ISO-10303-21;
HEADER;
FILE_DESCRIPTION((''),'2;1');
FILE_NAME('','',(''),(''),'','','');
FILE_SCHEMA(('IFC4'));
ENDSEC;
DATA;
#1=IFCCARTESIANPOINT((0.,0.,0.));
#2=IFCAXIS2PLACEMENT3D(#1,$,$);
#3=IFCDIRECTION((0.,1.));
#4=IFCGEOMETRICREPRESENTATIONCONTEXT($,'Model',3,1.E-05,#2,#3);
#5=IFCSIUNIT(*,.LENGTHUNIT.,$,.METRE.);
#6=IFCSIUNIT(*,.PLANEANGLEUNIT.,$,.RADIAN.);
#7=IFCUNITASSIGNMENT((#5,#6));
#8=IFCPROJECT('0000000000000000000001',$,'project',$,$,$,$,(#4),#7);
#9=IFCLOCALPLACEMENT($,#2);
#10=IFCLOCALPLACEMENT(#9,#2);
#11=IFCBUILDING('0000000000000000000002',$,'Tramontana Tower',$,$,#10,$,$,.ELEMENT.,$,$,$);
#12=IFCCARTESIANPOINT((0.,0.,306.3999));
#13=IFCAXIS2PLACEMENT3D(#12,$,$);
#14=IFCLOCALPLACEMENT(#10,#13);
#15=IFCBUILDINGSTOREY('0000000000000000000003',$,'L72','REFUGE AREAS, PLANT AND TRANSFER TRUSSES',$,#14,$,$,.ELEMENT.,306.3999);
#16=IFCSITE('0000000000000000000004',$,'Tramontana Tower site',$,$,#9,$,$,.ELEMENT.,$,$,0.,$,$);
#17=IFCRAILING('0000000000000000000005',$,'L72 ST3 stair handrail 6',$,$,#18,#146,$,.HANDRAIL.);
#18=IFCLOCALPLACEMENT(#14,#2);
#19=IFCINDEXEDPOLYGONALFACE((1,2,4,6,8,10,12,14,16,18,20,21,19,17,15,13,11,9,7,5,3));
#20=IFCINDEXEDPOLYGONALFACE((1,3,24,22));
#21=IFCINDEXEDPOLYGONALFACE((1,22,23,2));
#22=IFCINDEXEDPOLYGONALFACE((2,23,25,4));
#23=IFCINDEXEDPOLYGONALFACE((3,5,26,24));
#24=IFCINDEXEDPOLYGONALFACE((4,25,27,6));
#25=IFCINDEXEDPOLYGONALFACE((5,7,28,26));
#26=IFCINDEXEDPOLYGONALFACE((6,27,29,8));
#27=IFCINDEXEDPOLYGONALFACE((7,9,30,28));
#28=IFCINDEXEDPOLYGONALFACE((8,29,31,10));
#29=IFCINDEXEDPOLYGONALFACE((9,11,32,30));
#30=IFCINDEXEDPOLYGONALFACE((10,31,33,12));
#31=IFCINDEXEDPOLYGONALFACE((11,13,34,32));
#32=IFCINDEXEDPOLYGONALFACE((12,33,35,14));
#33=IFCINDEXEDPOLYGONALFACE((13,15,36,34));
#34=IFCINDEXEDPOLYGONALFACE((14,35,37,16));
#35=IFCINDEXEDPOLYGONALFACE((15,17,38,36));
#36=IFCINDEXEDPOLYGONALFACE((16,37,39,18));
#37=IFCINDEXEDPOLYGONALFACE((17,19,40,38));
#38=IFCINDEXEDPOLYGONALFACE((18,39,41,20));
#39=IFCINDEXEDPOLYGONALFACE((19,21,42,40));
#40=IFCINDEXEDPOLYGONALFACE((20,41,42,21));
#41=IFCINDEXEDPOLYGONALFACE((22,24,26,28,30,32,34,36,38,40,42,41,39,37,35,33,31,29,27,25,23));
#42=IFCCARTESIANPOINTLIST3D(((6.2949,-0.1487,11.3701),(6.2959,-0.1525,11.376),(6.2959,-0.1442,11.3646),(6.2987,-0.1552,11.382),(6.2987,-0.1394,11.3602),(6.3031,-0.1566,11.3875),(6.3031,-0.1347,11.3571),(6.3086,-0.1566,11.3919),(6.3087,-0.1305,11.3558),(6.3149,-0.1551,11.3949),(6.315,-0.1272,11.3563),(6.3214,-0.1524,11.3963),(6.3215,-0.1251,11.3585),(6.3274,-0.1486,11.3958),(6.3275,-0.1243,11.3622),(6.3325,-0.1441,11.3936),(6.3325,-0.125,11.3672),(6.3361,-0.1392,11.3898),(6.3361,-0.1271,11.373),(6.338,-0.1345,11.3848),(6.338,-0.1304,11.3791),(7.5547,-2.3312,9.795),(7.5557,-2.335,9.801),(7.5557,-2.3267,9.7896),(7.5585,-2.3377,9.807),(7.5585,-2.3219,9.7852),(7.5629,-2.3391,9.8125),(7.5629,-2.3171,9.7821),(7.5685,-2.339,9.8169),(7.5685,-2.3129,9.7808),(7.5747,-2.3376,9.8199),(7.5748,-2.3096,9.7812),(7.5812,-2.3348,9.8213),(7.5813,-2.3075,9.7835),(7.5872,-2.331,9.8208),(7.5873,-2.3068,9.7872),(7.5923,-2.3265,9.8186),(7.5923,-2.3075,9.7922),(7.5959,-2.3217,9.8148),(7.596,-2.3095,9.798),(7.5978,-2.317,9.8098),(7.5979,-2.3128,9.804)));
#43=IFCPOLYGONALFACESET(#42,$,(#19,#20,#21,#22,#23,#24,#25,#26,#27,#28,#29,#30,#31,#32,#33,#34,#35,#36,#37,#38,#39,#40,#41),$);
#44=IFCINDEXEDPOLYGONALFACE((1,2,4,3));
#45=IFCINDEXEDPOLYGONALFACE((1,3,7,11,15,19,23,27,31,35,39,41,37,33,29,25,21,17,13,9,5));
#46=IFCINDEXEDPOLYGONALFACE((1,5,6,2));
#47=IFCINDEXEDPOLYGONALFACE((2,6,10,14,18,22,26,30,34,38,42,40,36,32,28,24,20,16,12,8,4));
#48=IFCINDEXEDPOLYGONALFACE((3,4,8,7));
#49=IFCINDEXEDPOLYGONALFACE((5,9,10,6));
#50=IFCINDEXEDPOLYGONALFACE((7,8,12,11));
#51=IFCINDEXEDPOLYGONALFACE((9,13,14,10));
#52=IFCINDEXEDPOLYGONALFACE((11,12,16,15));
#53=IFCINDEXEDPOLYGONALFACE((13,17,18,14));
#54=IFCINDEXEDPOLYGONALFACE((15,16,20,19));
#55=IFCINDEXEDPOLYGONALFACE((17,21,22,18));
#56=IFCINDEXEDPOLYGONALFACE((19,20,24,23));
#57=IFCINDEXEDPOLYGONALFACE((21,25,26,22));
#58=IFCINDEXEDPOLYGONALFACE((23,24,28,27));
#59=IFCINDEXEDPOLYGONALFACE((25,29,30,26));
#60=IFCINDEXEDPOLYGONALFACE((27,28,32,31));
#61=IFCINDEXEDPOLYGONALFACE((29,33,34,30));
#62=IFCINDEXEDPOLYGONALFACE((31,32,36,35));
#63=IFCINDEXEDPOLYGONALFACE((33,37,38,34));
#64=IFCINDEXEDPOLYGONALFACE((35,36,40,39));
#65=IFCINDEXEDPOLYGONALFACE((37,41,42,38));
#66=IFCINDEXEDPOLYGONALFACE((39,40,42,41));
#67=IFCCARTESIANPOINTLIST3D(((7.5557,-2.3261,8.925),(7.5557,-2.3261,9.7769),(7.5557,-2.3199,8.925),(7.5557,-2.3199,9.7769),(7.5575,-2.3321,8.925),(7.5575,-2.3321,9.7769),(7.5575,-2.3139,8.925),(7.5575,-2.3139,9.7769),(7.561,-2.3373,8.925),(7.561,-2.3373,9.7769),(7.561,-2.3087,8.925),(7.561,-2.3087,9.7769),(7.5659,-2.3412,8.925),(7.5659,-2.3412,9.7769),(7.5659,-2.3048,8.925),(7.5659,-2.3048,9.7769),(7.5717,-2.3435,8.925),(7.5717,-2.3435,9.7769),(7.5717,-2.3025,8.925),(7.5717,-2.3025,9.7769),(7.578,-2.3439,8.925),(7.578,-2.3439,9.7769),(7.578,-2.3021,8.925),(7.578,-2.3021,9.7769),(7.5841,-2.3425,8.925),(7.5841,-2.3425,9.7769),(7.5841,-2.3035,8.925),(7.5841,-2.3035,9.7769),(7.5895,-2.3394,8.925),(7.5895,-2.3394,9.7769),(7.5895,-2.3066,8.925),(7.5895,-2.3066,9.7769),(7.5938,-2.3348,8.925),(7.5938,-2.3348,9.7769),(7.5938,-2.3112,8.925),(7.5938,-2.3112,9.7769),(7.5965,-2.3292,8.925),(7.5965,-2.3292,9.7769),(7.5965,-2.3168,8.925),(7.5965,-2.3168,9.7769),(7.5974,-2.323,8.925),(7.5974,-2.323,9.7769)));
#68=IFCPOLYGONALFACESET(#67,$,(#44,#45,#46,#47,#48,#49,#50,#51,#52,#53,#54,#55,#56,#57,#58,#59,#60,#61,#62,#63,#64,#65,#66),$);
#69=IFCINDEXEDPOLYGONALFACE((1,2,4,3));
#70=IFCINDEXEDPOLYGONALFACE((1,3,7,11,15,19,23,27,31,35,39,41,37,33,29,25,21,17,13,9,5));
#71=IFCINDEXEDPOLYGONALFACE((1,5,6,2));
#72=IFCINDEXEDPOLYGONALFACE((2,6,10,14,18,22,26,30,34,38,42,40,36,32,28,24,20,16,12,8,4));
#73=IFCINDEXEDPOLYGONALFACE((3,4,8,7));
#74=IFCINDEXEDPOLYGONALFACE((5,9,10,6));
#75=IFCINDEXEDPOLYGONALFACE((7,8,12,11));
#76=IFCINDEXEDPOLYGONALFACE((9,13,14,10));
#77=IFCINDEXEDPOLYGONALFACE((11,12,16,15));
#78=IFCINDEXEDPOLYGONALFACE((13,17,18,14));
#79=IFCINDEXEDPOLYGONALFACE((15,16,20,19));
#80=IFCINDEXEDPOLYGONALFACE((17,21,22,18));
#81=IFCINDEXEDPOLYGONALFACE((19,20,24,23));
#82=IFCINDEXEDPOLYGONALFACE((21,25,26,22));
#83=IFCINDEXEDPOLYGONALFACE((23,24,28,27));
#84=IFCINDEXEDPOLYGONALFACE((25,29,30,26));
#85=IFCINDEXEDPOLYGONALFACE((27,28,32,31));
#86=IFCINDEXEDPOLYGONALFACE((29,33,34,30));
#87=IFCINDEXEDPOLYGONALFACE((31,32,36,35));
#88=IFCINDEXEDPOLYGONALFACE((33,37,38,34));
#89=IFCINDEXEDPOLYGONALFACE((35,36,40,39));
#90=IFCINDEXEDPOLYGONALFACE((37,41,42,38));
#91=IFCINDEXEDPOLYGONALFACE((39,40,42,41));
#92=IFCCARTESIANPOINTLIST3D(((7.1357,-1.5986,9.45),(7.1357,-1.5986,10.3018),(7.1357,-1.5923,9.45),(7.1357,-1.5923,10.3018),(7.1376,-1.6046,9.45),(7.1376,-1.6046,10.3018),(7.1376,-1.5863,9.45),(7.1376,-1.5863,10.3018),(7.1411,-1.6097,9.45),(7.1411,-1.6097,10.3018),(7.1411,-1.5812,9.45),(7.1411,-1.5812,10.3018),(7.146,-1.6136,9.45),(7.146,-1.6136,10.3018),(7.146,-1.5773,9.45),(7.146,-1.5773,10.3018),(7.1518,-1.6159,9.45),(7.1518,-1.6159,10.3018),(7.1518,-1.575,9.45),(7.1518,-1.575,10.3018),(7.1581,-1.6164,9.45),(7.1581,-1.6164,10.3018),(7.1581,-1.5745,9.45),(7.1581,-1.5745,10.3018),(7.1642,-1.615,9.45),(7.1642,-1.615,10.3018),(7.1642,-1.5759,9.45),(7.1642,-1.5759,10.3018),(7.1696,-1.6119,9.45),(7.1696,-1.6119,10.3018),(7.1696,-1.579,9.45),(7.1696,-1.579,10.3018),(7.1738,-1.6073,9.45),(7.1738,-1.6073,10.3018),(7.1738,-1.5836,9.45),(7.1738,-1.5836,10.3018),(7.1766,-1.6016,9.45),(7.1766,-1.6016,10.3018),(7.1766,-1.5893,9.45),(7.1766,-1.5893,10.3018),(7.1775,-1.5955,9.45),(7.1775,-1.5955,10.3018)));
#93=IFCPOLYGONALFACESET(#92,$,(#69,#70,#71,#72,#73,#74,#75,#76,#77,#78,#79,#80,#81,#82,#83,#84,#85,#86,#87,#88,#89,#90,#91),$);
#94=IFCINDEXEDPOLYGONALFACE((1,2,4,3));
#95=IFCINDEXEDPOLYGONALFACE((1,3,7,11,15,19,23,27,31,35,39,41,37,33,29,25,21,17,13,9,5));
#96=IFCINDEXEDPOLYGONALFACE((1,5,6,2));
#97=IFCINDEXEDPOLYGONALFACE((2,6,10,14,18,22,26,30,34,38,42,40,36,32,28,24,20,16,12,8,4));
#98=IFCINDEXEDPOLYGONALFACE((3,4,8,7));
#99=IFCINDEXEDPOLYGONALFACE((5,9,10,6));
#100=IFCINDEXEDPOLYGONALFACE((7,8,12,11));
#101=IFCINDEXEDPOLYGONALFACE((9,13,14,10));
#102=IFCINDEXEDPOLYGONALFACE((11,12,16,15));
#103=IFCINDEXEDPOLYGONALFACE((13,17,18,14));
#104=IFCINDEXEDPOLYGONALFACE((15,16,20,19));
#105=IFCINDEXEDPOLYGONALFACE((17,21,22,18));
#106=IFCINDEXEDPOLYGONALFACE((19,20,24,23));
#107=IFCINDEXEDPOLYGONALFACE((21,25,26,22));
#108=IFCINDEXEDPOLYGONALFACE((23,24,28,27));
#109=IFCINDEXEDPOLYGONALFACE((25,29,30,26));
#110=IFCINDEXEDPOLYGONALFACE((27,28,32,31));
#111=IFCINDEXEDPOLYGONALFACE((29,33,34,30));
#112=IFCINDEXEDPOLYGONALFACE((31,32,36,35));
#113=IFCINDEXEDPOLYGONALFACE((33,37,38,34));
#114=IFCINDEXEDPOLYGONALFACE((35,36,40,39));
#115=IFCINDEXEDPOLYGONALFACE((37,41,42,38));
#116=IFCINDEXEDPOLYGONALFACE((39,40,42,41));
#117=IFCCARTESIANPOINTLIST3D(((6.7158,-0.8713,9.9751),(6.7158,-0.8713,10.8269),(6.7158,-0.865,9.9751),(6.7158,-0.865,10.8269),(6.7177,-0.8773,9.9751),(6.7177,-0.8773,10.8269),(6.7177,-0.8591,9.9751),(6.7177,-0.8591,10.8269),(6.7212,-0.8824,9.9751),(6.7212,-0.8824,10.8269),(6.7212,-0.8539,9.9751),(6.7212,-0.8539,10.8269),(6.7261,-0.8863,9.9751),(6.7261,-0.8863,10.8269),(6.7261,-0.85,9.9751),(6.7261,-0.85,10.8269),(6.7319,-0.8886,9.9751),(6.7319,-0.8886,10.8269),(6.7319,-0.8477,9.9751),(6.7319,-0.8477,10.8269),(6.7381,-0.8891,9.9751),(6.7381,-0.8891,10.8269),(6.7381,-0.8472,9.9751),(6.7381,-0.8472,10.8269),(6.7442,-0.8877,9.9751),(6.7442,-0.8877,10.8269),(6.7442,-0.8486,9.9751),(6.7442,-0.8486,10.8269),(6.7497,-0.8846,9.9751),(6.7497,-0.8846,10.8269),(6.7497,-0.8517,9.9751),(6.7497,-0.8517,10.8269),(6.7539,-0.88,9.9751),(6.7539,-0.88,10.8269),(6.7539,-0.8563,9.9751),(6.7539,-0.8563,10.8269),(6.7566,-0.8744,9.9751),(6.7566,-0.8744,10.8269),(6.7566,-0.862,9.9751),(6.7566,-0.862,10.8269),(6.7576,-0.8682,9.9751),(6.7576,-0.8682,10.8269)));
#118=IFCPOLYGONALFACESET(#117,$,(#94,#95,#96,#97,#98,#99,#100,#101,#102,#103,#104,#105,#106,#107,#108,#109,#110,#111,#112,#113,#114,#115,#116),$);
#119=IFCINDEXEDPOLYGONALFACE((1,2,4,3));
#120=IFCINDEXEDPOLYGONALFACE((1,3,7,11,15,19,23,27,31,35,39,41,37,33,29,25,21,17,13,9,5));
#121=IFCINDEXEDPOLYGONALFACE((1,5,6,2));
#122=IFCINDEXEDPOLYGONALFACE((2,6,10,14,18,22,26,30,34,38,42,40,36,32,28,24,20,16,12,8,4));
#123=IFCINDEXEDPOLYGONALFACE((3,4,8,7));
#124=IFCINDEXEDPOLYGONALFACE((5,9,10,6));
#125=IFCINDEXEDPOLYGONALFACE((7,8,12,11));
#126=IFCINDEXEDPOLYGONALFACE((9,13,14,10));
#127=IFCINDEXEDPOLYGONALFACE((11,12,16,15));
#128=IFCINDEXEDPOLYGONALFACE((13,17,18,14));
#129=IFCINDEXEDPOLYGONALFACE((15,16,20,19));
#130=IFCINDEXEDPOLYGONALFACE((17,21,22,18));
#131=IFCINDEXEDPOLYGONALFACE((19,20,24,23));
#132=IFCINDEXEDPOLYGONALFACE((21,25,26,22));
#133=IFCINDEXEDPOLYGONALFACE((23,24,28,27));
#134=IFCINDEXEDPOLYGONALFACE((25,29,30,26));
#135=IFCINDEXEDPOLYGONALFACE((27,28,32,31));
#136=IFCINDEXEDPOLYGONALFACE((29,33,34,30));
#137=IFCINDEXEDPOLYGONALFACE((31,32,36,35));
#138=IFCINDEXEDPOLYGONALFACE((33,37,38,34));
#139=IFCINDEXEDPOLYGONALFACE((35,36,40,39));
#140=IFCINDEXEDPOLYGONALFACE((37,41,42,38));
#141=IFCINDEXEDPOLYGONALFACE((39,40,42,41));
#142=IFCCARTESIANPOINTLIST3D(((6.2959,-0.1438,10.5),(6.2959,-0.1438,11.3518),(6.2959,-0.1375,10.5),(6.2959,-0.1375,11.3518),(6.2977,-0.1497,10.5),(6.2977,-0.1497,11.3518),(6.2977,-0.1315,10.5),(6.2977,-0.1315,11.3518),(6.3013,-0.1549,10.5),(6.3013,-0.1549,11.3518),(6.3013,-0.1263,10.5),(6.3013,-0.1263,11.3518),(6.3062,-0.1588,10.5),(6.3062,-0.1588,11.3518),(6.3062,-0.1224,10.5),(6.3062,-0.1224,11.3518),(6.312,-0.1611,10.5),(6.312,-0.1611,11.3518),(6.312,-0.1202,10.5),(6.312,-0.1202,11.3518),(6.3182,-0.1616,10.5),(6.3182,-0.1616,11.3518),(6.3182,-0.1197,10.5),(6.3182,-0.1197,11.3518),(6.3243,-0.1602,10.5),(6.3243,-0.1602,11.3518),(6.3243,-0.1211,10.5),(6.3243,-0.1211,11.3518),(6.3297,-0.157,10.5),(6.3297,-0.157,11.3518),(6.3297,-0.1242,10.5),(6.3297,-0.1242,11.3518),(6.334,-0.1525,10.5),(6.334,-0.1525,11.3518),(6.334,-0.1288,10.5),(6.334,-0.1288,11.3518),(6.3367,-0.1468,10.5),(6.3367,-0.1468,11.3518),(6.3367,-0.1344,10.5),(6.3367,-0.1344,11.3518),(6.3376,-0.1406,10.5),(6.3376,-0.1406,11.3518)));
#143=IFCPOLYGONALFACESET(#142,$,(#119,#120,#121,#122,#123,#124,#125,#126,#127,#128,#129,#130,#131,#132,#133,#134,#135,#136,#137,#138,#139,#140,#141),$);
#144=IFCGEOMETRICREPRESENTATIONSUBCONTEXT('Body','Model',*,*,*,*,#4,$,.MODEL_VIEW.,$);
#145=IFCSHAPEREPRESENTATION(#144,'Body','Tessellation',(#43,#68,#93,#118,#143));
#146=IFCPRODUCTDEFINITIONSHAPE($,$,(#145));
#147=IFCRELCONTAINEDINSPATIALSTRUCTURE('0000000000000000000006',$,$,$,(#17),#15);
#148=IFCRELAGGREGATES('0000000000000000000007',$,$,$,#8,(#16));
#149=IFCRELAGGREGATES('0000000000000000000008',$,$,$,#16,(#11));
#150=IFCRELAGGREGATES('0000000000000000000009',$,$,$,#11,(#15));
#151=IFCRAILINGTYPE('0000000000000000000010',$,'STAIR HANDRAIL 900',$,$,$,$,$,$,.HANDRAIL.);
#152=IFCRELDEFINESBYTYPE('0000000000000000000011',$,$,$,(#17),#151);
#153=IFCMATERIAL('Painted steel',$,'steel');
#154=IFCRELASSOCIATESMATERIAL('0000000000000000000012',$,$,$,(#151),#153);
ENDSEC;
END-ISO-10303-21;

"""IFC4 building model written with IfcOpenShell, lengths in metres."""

from ifc_helpers import new_model, si_unit, direction, frame, origin, origin_2d, place, context, subcontext, project, spatial, circle, extrude, material, type_object, element, save


model = new_model("IFC4")

# Units and contexts
model_context = context("Model", 3, precision=1e-05, world=origin(), true_north=direction((0.0, 1.0)))
body_context = subcontext(model_context, "Body", "Model", "MODEL_VIEW")
ifc_project = project(units=[si_unit("LENGTHUNIT", "METRE"), si_unit("PLANEANGLEUNIT", "RADIAN")], contexts=[model_context])

# Site, building, storey
site_placement = place(None, origin())
site = spatial("IfcSite", under=ifc_project, at=site_placement, Name="Tramontana Tower site", CompositionType="ELEMENT", RefElevation=0.0)
building_placement = place(site_placement, origin())
building = spatial("IfcBuilding", under=site, at=building_placement, Name="Tramontana Tower", CompositionType="ELEMENT")
storey_placement = place(building_placement, frame((0.0, 0.0, 306.3999)))
storey = spatial("IfcBuildingStorey", under=building, at=storey_placement, Name="L72", Description="REFUGE AREAS, PLANT AND TRANSFER TRUSSES", CompositionType="ELEMENT", Elevation=306.3999)

# Railing
ifc_material_1 = material(Name="Painted steel", Category="steel")
railing_type_1 = type_object("IfcRailingType", Name="STAIR HANDRAIL 900", PredefinedType="HANDRAIL", material=ifc_material_1)
for number, where, name in (
    (1, (7.5764, -2.323, 8.925), "L72 ST3 stair handrail 6"),
):
    element("IfcRailing", number, at=place(storey_placement, frame(where)), inside=storey, type_object=railing_type_1, Name=name, PredefinedType="HANDRAIL", context=body_context, shape_type="SweptSolid", body=[
        extrude(circle(Radius=0.0239, at=origin_2d()), frame((0.0, 0.0, 0.876), z_axis=(-0.423939, 0.734417, 0.530006), x_axis=(-0.866065, -0.499932, 0.0)), (0.0, 0.0, 1.0), 2.9717),
        extrude(circle(Radius=0.021, at=origin_2d()), origin(), (0.0, 0.0, 1.0), 0.8518),
        extrude(circle(Radius=0.021, at=origin_2d()), frame((-0.4199, 0.7275, 0.5249)), (0.0, 0.0, 1.0), 0.8518),
        extrude(circle(Radius=0.021, at=origin_2d()), frame((-0.8398, 1.4548, 1.05)), (0.0, 0.0, 1.0), 0.8518),
        extrude(circle(Radius=0.021, at=origin_2d()), frame((-1.2598, 2.1824, 1.575)), (0.0, 0.0, 1.0), 0.8518),
    ])

save(model, "model.ifc")
